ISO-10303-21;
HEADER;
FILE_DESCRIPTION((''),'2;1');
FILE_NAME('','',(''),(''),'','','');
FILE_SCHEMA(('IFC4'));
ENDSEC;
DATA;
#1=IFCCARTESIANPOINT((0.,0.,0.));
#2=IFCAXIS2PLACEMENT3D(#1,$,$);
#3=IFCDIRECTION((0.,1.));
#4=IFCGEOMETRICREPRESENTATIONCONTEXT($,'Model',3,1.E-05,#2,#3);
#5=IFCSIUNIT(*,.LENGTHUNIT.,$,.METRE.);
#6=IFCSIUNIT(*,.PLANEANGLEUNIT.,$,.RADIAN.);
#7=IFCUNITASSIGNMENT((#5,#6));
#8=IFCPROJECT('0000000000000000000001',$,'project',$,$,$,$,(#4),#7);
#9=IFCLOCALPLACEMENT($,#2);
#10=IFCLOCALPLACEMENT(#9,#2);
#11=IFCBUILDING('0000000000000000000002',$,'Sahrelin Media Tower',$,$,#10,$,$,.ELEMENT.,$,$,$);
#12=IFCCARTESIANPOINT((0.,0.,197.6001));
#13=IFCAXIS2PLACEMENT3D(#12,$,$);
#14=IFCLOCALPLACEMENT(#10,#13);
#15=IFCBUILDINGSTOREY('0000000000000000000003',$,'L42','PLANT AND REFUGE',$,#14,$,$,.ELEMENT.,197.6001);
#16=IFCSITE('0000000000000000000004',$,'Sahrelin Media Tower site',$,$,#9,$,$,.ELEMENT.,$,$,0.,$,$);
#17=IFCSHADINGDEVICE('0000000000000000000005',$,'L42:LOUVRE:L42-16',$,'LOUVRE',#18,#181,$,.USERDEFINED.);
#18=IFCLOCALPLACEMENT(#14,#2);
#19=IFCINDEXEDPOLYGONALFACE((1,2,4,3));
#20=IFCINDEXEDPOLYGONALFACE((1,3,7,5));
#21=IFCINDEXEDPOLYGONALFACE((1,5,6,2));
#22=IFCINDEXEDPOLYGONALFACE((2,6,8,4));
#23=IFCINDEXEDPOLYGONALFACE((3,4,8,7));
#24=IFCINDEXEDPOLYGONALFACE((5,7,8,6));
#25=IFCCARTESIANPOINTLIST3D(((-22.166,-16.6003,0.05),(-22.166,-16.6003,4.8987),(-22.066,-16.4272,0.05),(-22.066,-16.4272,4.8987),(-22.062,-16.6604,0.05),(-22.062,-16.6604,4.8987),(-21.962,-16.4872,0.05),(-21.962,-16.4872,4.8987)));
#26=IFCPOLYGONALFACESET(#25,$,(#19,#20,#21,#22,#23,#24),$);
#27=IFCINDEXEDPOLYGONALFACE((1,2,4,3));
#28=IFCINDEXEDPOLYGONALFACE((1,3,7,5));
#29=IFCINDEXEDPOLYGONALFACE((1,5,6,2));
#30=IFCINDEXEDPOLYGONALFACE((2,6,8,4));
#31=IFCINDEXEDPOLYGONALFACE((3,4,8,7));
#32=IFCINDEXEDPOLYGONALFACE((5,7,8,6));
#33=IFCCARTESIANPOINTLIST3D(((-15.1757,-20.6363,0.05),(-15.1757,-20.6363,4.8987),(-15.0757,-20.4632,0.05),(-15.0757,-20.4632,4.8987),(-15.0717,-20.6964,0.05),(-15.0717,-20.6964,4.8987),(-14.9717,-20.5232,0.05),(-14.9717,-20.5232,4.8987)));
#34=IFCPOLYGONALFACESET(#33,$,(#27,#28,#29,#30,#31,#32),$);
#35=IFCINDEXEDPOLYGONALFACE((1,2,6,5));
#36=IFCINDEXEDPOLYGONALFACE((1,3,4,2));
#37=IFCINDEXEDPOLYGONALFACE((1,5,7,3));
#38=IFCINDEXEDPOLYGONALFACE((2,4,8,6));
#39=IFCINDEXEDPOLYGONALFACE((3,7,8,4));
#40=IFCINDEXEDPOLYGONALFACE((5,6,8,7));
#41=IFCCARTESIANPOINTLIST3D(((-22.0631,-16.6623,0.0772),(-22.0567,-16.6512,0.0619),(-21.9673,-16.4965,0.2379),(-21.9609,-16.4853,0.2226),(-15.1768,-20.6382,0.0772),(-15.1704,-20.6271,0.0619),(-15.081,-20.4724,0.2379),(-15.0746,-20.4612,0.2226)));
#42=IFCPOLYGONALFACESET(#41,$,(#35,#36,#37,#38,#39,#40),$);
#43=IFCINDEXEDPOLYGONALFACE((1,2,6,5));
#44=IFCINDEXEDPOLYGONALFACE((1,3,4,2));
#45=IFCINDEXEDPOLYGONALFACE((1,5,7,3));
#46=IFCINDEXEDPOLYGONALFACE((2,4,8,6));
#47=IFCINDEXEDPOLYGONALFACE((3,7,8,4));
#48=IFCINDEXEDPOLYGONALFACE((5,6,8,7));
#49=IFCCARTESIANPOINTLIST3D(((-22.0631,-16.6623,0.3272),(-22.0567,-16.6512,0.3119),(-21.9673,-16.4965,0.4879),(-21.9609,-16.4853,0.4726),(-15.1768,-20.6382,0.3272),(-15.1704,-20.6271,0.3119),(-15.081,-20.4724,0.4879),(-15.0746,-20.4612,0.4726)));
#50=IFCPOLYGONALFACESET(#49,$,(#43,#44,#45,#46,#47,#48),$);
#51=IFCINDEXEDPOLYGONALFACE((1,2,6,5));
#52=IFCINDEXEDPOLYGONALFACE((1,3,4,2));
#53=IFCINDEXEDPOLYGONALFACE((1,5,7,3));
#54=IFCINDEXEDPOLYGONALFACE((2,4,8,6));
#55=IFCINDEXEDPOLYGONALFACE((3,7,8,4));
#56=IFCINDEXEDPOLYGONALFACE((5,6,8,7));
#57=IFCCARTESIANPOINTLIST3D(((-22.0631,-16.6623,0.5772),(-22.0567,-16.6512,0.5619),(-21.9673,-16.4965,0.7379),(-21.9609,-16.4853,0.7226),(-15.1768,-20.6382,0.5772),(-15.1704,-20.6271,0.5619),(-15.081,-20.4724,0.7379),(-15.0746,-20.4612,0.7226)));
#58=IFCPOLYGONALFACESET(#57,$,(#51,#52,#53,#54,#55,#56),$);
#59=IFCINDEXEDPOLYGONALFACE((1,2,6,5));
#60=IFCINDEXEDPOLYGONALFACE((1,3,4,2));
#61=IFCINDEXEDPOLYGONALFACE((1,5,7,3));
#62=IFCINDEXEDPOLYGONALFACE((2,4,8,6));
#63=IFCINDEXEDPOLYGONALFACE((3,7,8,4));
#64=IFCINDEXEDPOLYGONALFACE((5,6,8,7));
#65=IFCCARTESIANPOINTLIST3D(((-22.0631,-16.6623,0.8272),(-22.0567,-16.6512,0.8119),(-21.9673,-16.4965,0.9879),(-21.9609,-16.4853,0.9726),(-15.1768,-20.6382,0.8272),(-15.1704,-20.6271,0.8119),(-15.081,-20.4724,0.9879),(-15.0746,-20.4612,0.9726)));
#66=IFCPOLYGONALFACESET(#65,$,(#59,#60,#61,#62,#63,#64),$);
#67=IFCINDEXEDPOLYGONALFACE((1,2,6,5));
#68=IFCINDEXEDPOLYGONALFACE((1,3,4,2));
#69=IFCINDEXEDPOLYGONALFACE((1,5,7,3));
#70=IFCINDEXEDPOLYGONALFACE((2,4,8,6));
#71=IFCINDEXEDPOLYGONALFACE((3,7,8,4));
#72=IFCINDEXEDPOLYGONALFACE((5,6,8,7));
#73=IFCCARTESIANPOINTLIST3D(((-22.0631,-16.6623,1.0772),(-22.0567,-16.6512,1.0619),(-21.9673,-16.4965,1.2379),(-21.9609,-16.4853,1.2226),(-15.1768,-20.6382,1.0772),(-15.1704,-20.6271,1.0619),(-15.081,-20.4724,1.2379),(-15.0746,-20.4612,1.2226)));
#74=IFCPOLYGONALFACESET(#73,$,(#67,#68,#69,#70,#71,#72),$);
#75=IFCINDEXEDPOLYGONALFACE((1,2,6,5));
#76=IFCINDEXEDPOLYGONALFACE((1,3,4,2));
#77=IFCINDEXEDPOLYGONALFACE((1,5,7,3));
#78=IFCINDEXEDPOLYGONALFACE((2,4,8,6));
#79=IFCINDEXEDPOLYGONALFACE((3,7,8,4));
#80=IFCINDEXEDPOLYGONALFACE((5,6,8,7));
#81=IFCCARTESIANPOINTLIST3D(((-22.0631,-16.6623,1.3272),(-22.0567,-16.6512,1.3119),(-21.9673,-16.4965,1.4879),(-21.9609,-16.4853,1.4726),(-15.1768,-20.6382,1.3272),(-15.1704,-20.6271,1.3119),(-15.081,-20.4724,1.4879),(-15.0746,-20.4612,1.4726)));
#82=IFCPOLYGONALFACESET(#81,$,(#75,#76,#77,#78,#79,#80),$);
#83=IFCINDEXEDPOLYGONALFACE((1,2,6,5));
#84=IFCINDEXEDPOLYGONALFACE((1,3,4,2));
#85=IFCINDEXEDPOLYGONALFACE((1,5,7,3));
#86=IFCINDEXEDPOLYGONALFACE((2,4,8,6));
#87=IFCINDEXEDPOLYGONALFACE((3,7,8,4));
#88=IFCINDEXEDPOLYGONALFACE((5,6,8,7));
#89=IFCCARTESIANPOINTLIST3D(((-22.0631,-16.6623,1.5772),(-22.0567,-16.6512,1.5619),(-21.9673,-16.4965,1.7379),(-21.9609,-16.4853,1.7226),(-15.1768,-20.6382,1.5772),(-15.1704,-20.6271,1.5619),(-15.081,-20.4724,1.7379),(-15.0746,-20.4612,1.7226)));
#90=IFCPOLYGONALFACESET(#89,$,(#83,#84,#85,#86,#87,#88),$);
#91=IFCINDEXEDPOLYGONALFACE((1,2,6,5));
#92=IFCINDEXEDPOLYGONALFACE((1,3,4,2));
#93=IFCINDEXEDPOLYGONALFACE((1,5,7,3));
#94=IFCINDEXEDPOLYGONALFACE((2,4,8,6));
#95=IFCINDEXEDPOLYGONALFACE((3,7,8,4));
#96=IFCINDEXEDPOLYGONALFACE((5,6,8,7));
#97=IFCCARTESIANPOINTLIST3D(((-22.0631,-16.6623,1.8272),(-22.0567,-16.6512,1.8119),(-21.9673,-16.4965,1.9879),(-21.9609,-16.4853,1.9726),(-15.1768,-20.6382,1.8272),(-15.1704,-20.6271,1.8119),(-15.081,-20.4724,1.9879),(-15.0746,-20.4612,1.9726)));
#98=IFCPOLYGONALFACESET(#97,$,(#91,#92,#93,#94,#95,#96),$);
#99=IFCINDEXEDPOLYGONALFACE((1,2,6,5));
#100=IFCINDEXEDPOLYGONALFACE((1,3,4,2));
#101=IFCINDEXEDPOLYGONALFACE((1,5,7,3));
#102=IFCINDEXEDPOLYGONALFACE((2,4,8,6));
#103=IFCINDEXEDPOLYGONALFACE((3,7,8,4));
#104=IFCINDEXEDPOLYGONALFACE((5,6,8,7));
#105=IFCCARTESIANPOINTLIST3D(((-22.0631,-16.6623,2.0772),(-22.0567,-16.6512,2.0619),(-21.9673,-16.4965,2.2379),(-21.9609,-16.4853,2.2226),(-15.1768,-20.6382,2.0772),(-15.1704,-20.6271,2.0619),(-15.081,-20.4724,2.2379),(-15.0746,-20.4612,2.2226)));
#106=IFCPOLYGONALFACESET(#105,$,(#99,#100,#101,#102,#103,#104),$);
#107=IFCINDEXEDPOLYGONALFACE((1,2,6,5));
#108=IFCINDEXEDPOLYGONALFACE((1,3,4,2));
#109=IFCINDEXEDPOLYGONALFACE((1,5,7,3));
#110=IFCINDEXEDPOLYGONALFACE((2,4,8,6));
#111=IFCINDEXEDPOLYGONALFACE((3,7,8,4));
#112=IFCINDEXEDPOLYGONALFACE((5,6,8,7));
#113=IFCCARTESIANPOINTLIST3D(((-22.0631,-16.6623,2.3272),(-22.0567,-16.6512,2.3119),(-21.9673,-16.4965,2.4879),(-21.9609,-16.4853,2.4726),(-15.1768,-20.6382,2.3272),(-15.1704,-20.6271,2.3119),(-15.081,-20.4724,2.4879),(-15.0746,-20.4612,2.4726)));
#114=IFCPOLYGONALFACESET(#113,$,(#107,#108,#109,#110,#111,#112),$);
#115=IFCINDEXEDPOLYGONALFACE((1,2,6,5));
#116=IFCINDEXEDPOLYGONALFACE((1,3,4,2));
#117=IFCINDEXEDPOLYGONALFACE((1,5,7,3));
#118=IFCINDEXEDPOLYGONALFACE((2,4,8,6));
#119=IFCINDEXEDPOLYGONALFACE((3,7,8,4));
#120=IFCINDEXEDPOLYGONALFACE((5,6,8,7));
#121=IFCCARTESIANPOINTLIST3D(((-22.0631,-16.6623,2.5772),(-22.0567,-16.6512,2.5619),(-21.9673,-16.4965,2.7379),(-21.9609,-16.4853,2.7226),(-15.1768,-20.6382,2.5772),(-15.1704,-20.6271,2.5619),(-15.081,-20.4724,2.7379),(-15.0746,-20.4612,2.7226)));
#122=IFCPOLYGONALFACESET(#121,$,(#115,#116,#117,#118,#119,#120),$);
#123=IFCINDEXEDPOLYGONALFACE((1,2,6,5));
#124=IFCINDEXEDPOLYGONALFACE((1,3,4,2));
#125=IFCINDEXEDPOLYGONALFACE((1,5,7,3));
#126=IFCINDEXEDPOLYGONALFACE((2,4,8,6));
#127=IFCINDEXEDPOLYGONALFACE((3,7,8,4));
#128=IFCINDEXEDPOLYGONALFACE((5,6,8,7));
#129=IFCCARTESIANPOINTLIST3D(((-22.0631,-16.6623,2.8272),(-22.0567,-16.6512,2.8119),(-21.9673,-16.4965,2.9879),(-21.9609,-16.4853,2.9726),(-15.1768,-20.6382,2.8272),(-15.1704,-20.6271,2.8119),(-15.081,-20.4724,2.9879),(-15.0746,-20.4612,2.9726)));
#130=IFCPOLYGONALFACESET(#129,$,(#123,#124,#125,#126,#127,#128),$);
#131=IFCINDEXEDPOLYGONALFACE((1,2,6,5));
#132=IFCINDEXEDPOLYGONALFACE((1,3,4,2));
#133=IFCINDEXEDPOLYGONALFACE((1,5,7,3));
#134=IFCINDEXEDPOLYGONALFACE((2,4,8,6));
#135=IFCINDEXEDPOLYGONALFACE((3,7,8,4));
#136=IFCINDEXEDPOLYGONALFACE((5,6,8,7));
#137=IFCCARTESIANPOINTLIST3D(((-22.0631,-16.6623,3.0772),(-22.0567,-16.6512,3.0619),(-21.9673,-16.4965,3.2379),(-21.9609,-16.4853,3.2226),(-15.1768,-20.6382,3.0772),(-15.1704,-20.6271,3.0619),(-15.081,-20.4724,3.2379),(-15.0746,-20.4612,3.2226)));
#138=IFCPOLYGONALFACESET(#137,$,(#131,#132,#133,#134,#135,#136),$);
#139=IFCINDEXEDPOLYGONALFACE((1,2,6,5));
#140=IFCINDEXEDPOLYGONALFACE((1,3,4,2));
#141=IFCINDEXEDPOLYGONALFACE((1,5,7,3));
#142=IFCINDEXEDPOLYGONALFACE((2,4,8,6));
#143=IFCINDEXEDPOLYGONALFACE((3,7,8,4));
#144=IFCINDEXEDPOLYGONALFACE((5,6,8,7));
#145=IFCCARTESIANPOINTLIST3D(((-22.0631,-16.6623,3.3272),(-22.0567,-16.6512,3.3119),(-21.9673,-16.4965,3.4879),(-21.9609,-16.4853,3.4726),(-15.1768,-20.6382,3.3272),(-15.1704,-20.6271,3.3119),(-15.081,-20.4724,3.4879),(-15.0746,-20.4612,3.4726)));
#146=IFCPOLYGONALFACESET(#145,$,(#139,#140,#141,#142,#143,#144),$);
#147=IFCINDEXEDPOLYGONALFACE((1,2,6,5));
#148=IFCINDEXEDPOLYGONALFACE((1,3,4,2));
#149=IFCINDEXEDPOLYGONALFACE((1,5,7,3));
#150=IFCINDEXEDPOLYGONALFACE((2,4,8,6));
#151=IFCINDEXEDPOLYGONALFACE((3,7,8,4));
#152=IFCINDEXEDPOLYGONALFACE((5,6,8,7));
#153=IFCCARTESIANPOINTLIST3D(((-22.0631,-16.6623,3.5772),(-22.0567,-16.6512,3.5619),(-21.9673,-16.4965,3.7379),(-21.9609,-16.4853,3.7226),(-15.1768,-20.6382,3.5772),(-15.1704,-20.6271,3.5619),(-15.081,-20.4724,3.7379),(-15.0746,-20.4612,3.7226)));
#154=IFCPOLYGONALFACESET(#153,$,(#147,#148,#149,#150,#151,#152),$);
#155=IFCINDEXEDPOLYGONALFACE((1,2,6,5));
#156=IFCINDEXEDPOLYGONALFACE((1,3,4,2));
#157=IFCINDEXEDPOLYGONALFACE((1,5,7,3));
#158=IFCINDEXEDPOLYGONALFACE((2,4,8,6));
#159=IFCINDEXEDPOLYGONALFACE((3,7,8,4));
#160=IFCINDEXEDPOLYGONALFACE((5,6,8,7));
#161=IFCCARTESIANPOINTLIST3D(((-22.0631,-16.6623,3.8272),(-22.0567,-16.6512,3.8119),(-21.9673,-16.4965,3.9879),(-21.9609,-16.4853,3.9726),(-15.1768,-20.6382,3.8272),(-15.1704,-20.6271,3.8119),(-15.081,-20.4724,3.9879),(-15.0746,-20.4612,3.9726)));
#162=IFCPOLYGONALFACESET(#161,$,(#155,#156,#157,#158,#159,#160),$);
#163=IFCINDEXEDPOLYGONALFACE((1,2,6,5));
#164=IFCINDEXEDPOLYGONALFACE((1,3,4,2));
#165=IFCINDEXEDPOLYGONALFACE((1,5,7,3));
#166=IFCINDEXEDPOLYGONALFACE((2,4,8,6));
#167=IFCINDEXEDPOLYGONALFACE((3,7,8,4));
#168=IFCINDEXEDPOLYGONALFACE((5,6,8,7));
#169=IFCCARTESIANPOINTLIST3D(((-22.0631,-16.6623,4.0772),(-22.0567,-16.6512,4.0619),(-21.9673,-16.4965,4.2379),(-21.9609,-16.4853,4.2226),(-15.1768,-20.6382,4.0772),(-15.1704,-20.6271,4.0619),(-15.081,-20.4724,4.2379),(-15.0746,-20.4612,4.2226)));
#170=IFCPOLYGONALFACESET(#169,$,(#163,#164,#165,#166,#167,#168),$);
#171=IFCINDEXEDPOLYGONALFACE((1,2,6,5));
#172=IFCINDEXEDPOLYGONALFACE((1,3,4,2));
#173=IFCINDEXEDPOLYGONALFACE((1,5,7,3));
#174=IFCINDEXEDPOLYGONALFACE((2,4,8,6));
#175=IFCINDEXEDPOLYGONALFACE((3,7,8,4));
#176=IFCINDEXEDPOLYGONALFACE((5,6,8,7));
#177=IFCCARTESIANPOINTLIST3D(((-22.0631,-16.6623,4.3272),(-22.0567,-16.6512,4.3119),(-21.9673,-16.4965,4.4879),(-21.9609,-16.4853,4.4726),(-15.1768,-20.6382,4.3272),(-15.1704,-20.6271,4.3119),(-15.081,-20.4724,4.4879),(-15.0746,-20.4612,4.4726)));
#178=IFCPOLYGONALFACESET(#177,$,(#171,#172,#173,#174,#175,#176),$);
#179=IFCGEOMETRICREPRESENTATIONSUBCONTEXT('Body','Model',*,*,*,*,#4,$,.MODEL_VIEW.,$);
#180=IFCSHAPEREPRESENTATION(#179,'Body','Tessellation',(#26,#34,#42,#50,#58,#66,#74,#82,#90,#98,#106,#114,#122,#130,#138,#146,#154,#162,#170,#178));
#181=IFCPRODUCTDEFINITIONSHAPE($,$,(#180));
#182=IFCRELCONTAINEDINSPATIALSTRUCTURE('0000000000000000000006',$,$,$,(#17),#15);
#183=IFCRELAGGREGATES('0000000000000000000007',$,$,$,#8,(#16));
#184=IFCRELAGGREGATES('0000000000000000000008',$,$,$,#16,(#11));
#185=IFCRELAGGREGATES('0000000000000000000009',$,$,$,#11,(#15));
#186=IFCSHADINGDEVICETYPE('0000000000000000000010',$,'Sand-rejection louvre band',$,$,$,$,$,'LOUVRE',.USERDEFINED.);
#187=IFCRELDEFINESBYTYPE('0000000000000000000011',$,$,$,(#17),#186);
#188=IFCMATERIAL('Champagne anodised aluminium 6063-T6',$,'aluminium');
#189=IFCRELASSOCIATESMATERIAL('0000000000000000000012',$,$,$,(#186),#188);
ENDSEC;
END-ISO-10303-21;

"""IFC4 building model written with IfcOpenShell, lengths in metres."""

from ifc_helpers import new_model, si_unit, direction, frame, origin, origin_2d, place, context, subcontext, project, spatial, rectangle, extrude, material, type_object, element, save


model = new_model("IFC4")

# Units and contexts
model_context = context("Model", 3, precision=1e-05, world=origin(), true_north=direction((0.0, 1.0)))
body_context = subcontext(model_context, "Body", "Model", "MODEL_VIEW")
ifc_project = project(units=[si_unit("LENGTHUNIT", "METRE"), si_unit("PLANEANGLEUNIT", "RADIAN")], contexts=[model_context])

# Site, building, storey
site_placement = place(None, origin())
site = spatial("IfcSite", under=ifc_project, at=site_placement, Name="Sahrelin Media Tower site", CompositionType="ELEMENT", RefElevation=0.0)
building_placement = place(site_placement, origin())
building = spatial("IfcBuilding", under=site, at=building_placement, Name="Sahrelin Media Tower", CompositionType="ELEMENT")
storey_placement = place(building_placement, frame((0.0, 0.0, 197.6001)))
storey = spatial("IfcBuildingStorey", under=building, at=storey_placement, Name="L42", Description="PLANT AND REFUGE", CompositionType="ELEMENT", Elevation=197.6001)

# Shading device
ifc_material_1 = material(Name="Champagne anodised aluminium 6063-T6", Category="aluminium")
shading_device_type = type_object("IfcShadingDeviceType", Name="Sand-rejection louvre band", ElementType="LOUVRE", PredefinedType="USERDEFINED", material=ifc_material_1)
shading_device_1_placement = place(storey_placement, frame((-18.5188, -18.4751, 0.0), z_axis=(0.0, 0.0, 1.0), x_axis=(-0.866019, 0.500011, 0.0)))
element("IfcShadingDevice", 1, at=shading_device_1_placement, inside=storey, type_object=shading_device_type, Name="L42:LOUVRE:L42-16", ObjectType="LOUVRE", PredefinedType="USERDEFINED", context=body_context, shape_type="SweptSolid", body=[
    extrude(rectangle(XDim=0.1201, YDim=0.2, at=origin_2d()), frame((4.0359, 0.1001, 0.05), z_axis=(0.0, 0.0, 1.0), x_axis=(1.0, 0.0, 0.0)), (0.0, 0.0, 1.0), 4.8486),
    extrude(rectangle(XDim=0.1201, YDim=0.2, at=origin_2d()), frame((-4.0359, 0.1001, 0.05), z_axis=(0.0, 0.0, 1.0), x_axis=(1.0, 0.0, 0.0)), (0.0, 0.0, 1.0), 4.8486),
    extrude(rectangle(XDim=0.25, YDim=0.02, at=origin_2d()), frame((3.9758, 0.1001, 0.1499), z_axis=(-1.0, 0.0, 0.0), x_axis=(0.0, -0.766044, 0.642788)), (0.0, 0.0, 1.0), 7.9517),
    extrude(rectangle(XDim=0.25, YDim=0.02, at=origin_2d()), frame((3.9758, 0.1001, 0.3999), z_axis=(-1.0, 0.0, 0.0), x_axis=(0.0, -0.766044, 0.642788)), (0.0, 0.0, 1.0), 7.9517),
    extrude(rectangle(XDim=0.25, YDim=0.02, at=origin_2d()), frame((3.9758, 0.1001, 0.6499), z_axis=(-1.0, 0.0, 0.0), x_axis=(0.0, -0.766044, 0.642788)), (0.0, 0.0, 1.0), 7.9517),
    extrude(rectangle(XDim=0.25, YDim=0.02, at=origin_2d()), frame((3.9758, 0.1001, 0.8999), z_axis=(-1.0, 0.0, 0.0), x_axis=(0.0, -0.766044, 0.642788)), (0.0, 0.0, 1.0), 7.9517),
    extrude(rectangle(XDim=0.25, YDim=0.02, at=origin_2d()), frame((3.9758, 0.1001, 1.1499), z_axis=(-1.0, 0.0, 0.0), x_axis=(0.0, -0.766044, 0.642788)), (0.0, 0.0, 1.0), 7.9517),
    extrude(rectangle(XDim=0.25, YDim=0.02, at=origin_2d()), frame((3.9758, 0.1001, 1.3999), z_axis=(-1.0, 0.0, 0.0), x_axis=(0.0, -0.766044, 0.642788)), (0.0, 0.0, 1.0), 7.9517),
    extrude(rectangle(XDim=0.25, YDim=0.02, at=origin_2d()), frame((3.9758, 0.1001, 1.6499), z_axis=(-1.0, 0.0, 0.0), x_axis=(0.0, -0.766044, 0.642788)), (0.0, 0.0, 1.0), 7.9517),
    extrude(rectangle(XDim=0.25, YDim=0.02, at=origin_2d()), frame((3.9758, 0.1001, 1.8999), z_axis=(-1.0, 0.0, 0.0), x_axis=(0.0, -0.766044, 0.642788)), (0.0, 0.0, 1.0), 7.9517),
    extrude(rectangle(XDim=0.25, YDim=0.02, at=origin_2d()), frame((3.9758, 0.1001, 2.1499), z_axis=(-1.0, 0.0, 0.0), x_axis=(0.0, -0.766044, 0.642788)), (0.0, 0.0, 1.0), 7.9517),
    extrude(rectangle(XDim=0.25, YDim=0.02, at=origin_2d()), frame((3.9758, 0.1001, 2.3999), z_axis=(-1.0, 0.0, 0.0), x_axis=(0.0, -0.766044, 0.642788)), (0.0, 0.0, 1.0), 7.9517),
    extrude(rectangle(XDim=0.25, YDim=0.02, at=origin_2d()), frame((3.9758, 0.1001, 2.6499), z_axis=(-1.0, 0.0, 0.0), x_axis=(0.0, -0.766044, 0.642788)), (0.0, 0.0, 1.0), 7.9517),
    extrude(rectangle(XDim=0.25, YDim=0.02, at=origin_2d()), frame((3.9758, 0.1001, 2.8999), z_axis=(-1.0, 0.0, 0.0), x_axis=(0.0, -0.766044, 0.642788)), (0.0, 0.0, 1.0), 7.9517),
    extrude(rectangle(XDim=0.25, YDim=0.02, at=origin_2d()), frame((3.9758, 0.1001, 3.1499), z_axis=(-1.0, 0.0, 0.0), x_axis=(0.0, -0.766044, 0.642788)), (0.0, 0.0, 1.0), 7.9517),
    extrude(rectangle(XDim=0.25, YDim=0.02, at=origin_2d()), frame((3.9758, 0.1001, 3.3999), z_axis=(-1.0, 0.0, 0.0), x_axis=(0.0, -0.766044, 0.642788)), (0.0, 0.0, 1.0), 7.9517),
    extrude(rectangle(XDim=0.25, YDim=0.02, at=origin_2d()), frame((3.9758, 0.1001, 3.6499), z_axis=(-1.0, 0.0, 0.0), x_axis=(0.0, -0.766044, 0.642788)), (0.0, 0.0, 1.0), 7.9517),
    extrude(rectangle(XDim=0.25, YDim=0.02, at=origin_2d()), frame((3.9758, 0.1001, 3.8999), z_axis=(-1.0, 0.0, 0.0), x_axis=(0.0, -0.766044, 0.642788)), (0.0, 0.0, 1.0), 7.9517),
    extrude(rectangle(XDim=0.25, YDim=0.02, at=origin_2d()), frame((3.9758, 0.1001, 4.1499), z_axis=(-1.0, 0.0, 0.0), x_axis=(0.0, -0.766044, 0.642788)), (0.0, 0.0, 1.0), 7.9517),
    extrude(rectangle(XDim=0.25, YDim=0.02, at=origin_2d()), frame((3.9758, 0.1001, 4.3999), z_axis=(-1.0, 0.0, 0.0), x_axis=(0.0, -0.766044, 0.642788)), (0.0, 0.0, 1.0), 7.9517),
])

save(model, "model.ifc")
